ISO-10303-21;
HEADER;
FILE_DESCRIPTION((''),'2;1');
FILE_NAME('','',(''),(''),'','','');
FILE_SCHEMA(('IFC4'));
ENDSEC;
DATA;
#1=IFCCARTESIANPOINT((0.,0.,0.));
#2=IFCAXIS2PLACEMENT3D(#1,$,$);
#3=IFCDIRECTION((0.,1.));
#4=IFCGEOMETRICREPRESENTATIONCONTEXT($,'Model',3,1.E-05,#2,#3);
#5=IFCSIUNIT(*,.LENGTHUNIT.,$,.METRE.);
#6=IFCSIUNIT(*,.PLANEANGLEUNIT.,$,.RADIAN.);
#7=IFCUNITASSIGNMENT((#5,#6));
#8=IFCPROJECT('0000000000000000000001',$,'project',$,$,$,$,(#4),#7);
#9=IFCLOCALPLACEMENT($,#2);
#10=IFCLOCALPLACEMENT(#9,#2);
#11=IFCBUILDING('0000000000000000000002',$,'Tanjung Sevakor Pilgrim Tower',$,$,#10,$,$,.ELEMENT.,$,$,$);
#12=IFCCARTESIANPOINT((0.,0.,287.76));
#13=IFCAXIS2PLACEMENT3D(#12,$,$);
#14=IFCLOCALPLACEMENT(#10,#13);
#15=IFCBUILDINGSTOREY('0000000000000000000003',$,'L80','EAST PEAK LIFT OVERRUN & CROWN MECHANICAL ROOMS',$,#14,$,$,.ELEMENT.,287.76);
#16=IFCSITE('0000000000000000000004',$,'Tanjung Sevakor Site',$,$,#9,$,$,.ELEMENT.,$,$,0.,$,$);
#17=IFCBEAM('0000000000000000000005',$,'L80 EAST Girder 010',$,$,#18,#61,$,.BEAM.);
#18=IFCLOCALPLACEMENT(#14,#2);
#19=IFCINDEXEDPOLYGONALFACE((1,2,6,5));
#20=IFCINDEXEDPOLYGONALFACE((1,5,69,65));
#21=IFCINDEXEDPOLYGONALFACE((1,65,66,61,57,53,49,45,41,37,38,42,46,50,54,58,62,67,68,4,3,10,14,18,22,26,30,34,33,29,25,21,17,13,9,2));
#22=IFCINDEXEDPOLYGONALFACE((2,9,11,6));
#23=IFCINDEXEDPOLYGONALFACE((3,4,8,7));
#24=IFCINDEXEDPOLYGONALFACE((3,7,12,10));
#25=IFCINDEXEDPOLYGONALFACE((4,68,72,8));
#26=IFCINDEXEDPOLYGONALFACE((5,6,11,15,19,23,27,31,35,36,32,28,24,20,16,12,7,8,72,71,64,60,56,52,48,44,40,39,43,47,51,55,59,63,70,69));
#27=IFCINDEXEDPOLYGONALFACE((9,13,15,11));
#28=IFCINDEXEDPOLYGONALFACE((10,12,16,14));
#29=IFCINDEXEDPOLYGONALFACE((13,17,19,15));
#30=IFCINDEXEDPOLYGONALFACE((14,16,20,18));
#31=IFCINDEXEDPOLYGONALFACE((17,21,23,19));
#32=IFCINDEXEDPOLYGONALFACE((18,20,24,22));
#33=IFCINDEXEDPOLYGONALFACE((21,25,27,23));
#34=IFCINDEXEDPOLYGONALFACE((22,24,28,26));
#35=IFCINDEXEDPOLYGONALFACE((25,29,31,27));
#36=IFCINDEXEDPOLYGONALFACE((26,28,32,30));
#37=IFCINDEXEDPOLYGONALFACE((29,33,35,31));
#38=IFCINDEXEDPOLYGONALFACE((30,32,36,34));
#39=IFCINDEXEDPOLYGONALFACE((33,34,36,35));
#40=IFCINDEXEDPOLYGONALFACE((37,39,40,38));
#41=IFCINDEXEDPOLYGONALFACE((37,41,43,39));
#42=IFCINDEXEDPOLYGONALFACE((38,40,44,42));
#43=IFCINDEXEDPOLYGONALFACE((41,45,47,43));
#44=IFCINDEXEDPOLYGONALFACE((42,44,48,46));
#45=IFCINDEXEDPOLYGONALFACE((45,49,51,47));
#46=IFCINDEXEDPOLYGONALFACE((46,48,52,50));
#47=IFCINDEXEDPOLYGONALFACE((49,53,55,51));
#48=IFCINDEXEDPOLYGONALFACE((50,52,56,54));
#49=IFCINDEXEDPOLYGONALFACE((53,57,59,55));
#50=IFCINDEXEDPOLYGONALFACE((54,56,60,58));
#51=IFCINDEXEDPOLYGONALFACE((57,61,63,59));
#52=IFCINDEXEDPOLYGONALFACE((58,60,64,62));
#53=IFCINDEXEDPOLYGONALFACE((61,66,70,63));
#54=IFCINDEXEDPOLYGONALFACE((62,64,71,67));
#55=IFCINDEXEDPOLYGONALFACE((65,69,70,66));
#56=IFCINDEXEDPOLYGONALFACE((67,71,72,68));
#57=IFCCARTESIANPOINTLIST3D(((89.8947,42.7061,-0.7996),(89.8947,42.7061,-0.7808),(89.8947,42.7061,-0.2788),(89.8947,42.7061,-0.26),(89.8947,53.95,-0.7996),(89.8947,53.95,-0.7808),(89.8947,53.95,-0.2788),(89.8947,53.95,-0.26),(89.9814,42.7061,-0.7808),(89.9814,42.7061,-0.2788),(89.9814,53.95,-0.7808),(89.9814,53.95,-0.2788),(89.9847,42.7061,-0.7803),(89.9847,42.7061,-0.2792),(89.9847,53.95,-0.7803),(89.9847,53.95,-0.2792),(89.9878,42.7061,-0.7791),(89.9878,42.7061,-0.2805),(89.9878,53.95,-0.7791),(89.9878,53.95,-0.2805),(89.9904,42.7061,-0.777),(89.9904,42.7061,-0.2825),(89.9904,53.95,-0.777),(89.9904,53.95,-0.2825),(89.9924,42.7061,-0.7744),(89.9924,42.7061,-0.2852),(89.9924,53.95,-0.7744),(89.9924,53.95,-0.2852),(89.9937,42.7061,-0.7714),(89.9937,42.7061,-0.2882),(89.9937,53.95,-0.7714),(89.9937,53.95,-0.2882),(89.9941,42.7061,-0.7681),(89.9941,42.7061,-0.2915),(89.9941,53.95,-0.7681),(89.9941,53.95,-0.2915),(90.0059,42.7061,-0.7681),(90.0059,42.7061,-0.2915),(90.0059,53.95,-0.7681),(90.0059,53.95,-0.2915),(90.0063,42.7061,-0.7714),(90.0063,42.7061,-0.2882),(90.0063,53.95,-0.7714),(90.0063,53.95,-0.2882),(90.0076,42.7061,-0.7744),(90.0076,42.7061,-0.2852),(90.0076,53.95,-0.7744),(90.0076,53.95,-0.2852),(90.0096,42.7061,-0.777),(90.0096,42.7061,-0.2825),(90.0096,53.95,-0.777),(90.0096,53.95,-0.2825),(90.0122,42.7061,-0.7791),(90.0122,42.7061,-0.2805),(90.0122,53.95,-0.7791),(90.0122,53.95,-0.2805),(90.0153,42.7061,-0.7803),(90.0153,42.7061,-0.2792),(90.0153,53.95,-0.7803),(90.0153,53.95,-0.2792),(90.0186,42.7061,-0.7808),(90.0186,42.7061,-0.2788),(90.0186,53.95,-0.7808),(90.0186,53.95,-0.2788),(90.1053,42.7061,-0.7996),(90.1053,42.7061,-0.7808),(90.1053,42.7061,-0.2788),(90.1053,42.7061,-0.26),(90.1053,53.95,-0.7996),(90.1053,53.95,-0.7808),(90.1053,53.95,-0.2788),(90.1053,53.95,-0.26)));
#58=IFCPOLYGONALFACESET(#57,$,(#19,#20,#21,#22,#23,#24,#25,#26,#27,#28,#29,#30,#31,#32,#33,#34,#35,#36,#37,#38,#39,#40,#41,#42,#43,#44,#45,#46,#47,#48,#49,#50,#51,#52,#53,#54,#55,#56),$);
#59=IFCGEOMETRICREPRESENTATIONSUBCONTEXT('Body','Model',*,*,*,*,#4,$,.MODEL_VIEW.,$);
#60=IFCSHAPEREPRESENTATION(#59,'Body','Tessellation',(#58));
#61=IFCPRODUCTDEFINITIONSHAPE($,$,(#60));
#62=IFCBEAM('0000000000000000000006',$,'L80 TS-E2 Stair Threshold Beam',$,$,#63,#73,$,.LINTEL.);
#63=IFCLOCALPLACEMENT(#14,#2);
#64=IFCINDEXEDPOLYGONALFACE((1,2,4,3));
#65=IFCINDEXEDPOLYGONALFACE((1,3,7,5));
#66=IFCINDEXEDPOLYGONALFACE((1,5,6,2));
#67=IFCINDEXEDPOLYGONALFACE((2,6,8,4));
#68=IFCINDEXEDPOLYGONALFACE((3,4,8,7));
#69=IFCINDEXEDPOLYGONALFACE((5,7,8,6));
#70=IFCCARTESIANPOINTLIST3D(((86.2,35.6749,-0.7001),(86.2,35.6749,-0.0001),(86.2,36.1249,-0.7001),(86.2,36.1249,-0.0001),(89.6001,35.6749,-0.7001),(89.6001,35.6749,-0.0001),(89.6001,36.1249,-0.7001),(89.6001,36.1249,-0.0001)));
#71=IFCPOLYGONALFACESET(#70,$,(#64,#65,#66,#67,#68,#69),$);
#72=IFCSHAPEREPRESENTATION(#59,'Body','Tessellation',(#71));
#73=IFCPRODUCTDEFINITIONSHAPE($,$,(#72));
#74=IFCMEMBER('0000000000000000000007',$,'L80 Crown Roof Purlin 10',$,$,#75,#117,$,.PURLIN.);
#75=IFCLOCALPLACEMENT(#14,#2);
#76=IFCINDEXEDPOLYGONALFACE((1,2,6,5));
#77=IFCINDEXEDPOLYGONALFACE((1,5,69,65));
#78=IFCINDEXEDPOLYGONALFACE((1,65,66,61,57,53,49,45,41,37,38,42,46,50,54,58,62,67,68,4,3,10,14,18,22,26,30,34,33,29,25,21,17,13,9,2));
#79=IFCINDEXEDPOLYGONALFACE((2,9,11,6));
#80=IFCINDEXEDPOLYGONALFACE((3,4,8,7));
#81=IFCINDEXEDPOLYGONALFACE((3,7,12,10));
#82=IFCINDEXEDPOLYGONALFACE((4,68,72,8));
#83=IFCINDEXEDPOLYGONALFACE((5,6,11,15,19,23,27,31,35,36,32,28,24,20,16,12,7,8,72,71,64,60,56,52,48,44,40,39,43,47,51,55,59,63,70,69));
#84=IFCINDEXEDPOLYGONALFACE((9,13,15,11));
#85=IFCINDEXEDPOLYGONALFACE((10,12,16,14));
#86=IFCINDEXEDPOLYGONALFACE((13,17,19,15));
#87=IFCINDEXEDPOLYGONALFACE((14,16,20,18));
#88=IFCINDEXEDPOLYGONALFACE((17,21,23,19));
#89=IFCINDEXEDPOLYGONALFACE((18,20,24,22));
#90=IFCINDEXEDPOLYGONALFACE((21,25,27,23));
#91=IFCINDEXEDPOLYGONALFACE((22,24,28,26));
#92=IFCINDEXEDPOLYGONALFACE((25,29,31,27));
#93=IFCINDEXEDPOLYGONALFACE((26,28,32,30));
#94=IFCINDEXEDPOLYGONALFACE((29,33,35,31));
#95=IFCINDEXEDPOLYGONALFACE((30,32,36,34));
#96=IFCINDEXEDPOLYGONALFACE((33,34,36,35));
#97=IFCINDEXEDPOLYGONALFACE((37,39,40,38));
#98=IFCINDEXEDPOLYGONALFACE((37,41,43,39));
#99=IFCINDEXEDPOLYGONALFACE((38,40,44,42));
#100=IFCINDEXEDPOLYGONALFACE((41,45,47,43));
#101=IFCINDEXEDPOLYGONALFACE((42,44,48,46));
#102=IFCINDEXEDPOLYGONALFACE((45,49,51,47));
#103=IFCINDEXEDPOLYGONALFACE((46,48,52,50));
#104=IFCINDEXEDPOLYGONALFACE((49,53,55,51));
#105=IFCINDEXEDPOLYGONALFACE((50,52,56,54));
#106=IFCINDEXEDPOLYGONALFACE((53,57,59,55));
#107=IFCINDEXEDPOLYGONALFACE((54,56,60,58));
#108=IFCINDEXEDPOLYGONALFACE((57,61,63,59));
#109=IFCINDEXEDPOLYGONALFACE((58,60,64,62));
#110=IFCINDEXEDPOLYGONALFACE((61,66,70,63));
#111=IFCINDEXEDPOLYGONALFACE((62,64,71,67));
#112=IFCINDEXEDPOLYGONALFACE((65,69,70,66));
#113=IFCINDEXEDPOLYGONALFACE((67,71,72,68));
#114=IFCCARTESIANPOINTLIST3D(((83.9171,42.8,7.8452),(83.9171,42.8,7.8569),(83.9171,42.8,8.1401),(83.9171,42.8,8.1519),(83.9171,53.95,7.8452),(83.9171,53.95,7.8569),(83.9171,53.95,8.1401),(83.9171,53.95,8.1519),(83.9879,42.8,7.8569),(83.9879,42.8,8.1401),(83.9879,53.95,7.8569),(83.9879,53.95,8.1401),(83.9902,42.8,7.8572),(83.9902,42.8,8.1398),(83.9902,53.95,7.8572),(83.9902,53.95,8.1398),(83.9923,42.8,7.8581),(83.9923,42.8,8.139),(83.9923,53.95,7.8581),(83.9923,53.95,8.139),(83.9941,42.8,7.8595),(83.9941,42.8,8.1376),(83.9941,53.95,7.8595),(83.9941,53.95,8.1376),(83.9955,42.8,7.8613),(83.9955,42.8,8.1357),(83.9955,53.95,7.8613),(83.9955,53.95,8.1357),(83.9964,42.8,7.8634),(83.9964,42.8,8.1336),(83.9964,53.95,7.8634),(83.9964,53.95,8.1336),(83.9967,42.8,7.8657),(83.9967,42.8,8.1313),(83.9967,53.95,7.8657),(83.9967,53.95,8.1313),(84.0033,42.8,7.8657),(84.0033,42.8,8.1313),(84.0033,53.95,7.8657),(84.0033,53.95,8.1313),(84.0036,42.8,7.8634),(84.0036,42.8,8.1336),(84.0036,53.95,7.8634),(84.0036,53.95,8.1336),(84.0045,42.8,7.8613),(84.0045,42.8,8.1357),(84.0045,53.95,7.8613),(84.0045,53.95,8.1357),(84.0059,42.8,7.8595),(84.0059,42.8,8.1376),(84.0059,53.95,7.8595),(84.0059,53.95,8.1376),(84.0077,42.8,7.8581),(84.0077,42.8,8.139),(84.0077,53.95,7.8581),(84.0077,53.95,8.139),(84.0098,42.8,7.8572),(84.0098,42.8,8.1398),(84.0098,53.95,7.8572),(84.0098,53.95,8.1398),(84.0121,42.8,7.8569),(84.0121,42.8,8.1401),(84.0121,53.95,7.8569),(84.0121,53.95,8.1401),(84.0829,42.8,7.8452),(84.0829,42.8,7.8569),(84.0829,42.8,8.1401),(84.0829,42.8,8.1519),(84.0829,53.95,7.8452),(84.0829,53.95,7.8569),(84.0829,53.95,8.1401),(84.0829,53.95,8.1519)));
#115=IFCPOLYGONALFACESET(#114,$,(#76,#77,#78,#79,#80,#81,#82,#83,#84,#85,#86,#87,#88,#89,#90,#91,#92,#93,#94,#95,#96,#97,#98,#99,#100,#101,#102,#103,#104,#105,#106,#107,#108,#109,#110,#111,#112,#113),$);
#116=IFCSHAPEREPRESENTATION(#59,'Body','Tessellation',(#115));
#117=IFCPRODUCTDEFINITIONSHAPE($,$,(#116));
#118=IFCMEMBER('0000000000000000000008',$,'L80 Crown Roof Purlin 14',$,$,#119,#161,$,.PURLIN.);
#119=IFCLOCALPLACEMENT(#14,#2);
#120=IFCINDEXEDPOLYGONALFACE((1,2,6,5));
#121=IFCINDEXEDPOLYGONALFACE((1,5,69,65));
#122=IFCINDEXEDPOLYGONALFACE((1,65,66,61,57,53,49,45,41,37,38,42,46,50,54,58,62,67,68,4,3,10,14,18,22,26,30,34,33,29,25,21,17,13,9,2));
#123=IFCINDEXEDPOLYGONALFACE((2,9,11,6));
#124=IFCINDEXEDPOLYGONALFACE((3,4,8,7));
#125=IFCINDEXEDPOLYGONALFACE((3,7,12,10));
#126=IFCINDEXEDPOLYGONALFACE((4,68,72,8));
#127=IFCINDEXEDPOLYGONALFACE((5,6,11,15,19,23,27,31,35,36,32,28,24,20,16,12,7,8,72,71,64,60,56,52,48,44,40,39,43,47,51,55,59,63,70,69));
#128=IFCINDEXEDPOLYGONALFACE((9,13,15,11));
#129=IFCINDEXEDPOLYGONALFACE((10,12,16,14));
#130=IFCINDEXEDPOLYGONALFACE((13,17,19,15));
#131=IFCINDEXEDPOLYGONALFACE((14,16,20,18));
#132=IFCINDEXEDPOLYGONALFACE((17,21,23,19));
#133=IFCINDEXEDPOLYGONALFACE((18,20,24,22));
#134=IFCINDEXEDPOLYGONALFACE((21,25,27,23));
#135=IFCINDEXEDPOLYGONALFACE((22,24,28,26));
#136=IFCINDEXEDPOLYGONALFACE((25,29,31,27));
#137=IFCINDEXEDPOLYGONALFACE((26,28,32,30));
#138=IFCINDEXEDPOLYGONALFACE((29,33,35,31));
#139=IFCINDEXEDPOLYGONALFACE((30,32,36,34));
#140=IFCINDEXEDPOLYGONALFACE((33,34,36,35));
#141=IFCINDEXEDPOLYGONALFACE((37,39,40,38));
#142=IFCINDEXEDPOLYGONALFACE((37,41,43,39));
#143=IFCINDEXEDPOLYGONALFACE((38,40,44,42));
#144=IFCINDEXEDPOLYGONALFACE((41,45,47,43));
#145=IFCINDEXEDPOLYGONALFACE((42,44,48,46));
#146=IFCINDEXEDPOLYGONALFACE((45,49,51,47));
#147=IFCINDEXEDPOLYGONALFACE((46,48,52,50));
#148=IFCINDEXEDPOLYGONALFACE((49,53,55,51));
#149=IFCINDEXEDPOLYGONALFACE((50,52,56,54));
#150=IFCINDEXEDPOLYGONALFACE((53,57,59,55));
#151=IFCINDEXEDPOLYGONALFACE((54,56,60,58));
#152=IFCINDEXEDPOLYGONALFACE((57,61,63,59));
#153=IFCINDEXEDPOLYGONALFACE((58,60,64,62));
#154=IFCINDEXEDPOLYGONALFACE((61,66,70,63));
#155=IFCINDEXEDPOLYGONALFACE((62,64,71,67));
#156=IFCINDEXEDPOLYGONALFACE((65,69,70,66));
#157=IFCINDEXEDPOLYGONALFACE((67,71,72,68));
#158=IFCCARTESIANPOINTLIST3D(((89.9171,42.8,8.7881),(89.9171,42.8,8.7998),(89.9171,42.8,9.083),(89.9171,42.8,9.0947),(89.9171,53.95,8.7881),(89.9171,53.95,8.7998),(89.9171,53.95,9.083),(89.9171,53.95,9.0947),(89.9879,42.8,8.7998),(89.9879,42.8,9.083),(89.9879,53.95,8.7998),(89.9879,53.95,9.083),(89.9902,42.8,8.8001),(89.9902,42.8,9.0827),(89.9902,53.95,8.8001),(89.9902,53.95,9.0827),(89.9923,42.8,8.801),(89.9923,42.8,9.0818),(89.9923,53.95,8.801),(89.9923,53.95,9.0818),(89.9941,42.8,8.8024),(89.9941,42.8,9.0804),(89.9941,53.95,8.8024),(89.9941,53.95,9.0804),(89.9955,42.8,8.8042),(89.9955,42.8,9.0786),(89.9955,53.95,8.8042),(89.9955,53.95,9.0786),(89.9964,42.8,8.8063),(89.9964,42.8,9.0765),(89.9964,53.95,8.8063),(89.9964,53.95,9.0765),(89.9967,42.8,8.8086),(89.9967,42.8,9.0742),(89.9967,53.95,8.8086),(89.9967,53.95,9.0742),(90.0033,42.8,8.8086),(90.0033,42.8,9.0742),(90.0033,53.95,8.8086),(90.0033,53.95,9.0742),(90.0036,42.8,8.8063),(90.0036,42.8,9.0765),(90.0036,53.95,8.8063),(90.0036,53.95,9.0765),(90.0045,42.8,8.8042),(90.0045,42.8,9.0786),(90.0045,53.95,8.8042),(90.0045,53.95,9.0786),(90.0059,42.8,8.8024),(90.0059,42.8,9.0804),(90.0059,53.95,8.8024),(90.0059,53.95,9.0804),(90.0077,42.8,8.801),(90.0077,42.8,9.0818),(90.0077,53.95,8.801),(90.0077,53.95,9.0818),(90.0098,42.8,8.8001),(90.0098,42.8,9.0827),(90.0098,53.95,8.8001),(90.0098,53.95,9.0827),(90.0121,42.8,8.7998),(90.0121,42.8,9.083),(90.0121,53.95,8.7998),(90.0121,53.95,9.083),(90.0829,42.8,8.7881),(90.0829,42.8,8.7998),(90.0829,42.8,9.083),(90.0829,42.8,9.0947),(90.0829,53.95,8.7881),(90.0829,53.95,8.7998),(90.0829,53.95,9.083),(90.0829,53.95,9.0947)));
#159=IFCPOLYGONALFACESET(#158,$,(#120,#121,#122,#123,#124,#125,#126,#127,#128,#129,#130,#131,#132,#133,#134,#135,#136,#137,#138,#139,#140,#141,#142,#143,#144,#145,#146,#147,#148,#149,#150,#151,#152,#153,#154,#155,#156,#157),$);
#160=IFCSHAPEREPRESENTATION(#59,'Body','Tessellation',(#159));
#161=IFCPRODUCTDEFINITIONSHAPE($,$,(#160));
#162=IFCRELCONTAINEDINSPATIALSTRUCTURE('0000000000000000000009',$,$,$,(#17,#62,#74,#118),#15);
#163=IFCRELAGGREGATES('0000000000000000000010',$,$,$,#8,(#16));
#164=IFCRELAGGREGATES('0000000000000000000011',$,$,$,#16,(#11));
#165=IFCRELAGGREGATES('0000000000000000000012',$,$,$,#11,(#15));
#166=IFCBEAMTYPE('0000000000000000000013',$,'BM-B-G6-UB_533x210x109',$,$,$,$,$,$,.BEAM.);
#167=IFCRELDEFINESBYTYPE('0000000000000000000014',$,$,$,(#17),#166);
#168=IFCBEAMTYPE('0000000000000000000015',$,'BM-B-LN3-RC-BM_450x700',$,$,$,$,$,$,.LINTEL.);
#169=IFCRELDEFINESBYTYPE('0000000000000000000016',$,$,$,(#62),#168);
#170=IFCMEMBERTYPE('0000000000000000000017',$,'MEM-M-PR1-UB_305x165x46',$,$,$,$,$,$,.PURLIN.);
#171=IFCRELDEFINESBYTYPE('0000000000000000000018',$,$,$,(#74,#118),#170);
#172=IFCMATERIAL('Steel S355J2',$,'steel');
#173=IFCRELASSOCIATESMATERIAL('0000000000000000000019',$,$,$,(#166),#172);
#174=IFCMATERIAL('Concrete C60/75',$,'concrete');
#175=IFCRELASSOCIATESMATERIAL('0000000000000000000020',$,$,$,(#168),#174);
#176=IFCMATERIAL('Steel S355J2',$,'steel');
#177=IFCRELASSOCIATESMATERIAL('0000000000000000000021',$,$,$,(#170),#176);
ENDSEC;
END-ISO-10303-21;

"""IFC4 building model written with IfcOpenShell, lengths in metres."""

from ifc_helpers import new_model, si_unit, direction, frame, origin, origin_2d, place, context, subcontext, project, spatial, rectangle, i_section, extrude, material, material_profile, profile_set, type_object, element, save


model = new_model("IFC4")

# Units and contexts
model_context = context("Model", 3, precision=1e-05, world=origin(), true_north=direction((0.0, 1.0)))
body_context = subcontext(model_context, "Body", "Model", "MODEL_VIEW")
ifc_project = project(units=[si_unit("LENGTHUNIT", "METRE"), si_unit("PLANEANGLEUNIT", "RADIAN")], contexts=[model_context])

# Site, building, storey
site_placement = place(None, origin())
site = spatial("IfcSite", under=ifc_project, at=site_placement, Name="Tanjung Sevakor Site", CompositionType="ELEMENT", RefElevation=0.0)
building_placement = place(site_placement, origin())
building = spatial("IfcBuilding", under=site, at=building_placement, Name="Tanjung Sevakor Pilgrim Tower", CompositionType="ELEMENT")
storey_placement = place(building_placement, frame((0.0, 0.0, 287.76)))
storey = spatial("IfcBuildingStorey", under=building, at=storey_placement, Name="L80", Description="EAST PEAK LIFT OVERRUN & CROWN MECHANICAL ROOMS", CompositionType="ELEMENT", Elevation=287.76)

# Beams
ifc_material_1 = material(Name="Steel S355J2", Category="steel")
ifc_material_profile_1 = material_profile(ifc_material_1, i_section(OverallWidth=0.2107, OverallDepth=0.5396, WebThickness=0.0117, FlangeThickness=0.0188, FilletRadius=0.0127, at=origin_2d()))
ifc_profile_set_1 = profile_set([ifc_material_profile_1], Name="Steel S355J2")
beam_type_1 = type_object("IfcBeamType", Name="BM-B-G6-UB_533x210x109", PredefinedType="BEAM", material=ifc_profile_set_1)
for number, where, z_axis, x_axis, name in (
    (1, (90.0, 42.7061, -0.5298), (0.0, 1.0, 0.0), (-1.0, 0.0, 0.0), "L80 EAST Girder 010"),
):
    element("IfcBeam", number, at=place(storey_placement, frame(where, z_axis=z_axis, x_axis=x_axis)), inside=storey, type_object=beam_type_1, Name=name, PredefinedType="BEAM", context=body_context, shape_type="SweptSolid", body=[
        extrude(i_section(OverallWidth=0.2107, OverallDepth=0.5396, WebThickness=0.0117, FlangeThickness=0.0188, FilletRadius=0.0127, at=origin_2d()), origin(), (0.0, 0.0, 1.0), 11.2439),
    ])
ifc_material_2 = material(Name="Concrete C60/75", Category="concrete")
ifc_material_profile_2 = material_profile(ifc_material_2, rectangle(XDim=0.45, YDim=0.7, at=origin_2d()))
ifc_profile_set_2 = profile_set([ifc_material_profile_2], Name="Concrete C60/75")
beam_type_2 = type_object("IfcBeamType", Name="BM-B-LN3-RC-BM_450x700", PredefinedType="LINTEL", material=ifc_profile_set_2)
beam_1_placement = place(storey_placement, frame((86.2, 35.8999, -0.3501), z_axis=(1.0, 0.0, 0.0), x_axis=(0.0, 1.0, 0.0)))
element("IfcBeam", 2, at=beam_1_placement, inside=storey, type_object=beam_type_2, Name="L80 TS-E2 Stair Threshold Beam", PredefinedType="LINTEL", context=body_context, shape_type="SweptSolid", body=[
    extrude(rectangle(XDim=0.45, YDim=0.7, at=origin_2d()), origin(), (0.0, 0.0, 1.0), 3.4001),
])

# Members
ifc_material_3 = material(Name="Steel S355J2", Category="steel")
ifc_material_profile_3 = material_profile(ifc_material_3, i_section(OverallWidth=0.1658, OverallDepth=0.3066, WebThickness=0.0066, FlangeThickness=0.0117, FilletRadius=0.0088, at=origin_2d()))
ifc_profile_set_3 = profile_set([ifc_material_profile_3], Name="Steel S355J2")
member_type_1 = type_object("IfcMemberType", Name="MEM-M-PR1-UB_305x165x46", PredefinedType="PURLIN", material=ifc_profile_set_3)
for number, where, z_axis, x_axis, name in (
    (3, (84.0, 42.8, 7.9985), (0.0, 1.0, 0.0), (-1.0, 0.0, 0.0), "L80 Crown Roof Purlin 10"),
    (4, (90.0, 42.8, 8.9414), (0.0, 1.0, 0.0), (-1.0, 0.0, 0.0), "L80 Crown Roof Purlin 14"),
):
    element("IfcMember", number, at=place(storey_placement, frame(where, z_axis=z_axis, x_axis=x_axis)), inside=storey, type_object=member_type_1, Name=name, PredefinedType="PURLIN", context=body_context, shape_type="SweptSolid", body=[
        extrude(i_section(OverallWidth=0.1658, OverallDepth=0.3066, WebThickness=0.0066, FlangeThickness=0.0117, FilletRadius=0.0088, at=origin_2d()), origin(), (0.0, 0.0, 1.0), 11.1499),
    ])

save(model, "model.ifc")
